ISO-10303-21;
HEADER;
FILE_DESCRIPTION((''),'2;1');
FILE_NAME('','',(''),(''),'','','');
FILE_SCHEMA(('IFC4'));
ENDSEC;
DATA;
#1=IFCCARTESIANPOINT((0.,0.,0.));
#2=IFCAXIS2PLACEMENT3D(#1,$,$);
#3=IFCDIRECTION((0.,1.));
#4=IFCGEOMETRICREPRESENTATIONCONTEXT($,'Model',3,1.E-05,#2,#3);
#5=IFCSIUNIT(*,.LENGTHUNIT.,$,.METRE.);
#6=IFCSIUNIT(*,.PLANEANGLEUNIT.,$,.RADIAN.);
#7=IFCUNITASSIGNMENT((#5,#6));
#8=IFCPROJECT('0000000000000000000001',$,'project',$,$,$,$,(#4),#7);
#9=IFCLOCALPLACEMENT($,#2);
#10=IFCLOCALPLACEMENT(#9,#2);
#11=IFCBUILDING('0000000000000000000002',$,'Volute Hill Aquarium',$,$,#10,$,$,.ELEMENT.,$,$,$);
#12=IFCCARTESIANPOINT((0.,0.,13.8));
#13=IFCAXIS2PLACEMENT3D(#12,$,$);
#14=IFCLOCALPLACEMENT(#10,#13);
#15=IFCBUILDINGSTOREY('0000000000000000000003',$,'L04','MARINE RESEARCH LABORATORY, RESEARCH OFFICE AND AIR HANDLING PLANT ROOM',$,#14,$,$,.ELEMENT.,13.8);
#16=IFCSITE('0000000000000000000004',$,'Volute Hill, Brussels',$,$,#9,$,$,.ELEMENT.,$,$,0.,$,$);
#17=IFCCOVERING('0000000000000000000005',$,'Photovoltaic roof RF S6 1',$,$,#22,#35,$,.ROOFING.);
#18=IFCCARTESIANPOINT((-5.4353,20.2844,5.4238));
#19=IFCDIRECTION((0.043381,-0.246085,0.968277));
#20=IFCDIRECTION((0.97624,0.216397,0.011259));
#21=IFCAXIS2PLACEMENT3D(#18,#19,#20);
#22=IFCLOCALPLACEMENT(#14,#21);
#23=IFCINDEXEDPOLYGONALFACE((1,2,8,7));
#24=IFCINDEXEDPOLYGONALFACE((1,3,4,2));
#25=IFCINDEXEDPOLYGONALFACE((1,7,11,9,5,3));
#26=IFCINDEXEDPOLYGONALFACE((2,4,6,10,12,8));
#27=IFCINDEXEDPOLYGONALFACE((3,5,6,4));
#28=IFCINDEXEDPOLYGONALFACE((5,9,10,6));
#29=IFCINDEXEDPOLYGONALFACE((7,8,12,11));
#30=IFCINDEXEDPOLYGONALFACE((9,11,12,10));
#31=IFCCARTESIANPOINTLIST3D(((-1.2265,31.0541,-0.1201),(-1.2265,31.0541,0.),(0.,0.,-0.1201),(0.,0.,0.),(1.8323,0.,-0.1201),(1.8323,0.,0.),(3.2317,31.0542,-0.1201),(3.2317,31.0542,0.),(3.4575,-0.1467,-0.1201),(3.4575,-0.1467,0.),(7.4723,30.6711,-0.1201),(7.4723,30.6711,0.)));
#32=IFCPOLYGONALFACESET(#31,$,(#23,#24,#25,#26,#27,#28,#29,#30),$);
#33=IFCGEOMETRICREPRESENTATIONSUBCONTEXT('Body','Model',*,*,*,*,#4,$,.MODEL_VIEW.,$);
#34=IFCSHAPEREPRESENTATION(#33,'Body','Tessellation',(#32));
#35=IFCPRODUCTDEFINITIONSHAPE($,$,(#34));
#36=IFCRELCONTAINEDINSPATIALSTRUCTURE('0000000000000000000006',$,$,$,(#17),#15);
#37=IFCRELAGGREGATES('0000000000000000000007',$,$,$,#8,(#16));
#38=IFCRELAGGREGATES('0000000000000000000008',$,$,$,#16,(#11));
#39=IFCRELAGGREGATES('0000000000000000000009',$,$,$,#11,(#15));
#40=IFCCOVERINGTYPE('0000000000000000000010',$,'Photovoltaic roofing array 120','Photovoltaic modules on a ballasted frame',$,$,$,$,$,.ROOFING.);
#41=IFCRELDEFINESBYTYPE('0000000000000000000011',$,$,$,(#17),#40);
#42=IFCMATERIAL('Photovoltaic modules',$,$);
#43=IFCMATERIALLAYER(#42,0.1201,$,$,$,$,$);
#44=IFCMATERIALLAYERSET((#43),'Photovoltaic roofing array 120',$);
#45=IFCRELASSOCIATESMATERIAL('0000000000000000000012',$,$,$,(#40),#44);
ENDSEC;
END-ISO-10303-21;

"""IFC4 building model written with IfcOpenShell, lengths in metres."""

from ifc_helpers import new_model, si_unit, direction, frame, origin, place, context, subcontext, project, spatial, polyline, outline, extrude, material, layer, layer_set, type_object, element, save


model = new_model("IFC4")

# Units and contexts
model_context = context("Model", 3, precision=1e-05, world=origin(), true_north=direction((0.0, 1.0)))
body_context = subcontext(model_context, "Body", "Model", "MODEL_VIEW")
ifc_project = project(units=[si_unit("LENGTHUNIT", "METRE"), si_unit("PLANEANGLEUNIT", "RADIAN")], contexts=[model_context])

# Site, building, storey
site_placement = place(None, origin())
site = spatial("IfcSite", under=ifc_project, at=site_placement, Name="Volute Hill, Brussels", CompositionType="ELEMENT", RefElevation=0.0)
building_placement = place(site_placement, origin())
building = spatial("IfcBuilding", under=site, at=building_placement, Name="Volute Hill Aquarium", CompositionType="ELEMENT")
storey_placement = place(building_placement, frame((0.0, 0.0, 13.8)))
storey = spatial("IfcBuildingStorey", under=building, at=storey_placement, Name="L04", Description="MARINE RESEARCH LABORATORY, RESEARCH OFFICE AND AIR HANDLING PLANT ROOM", CompositionType="ELEMENT", Elevation=13.8)

# Covering
ifc_material_1 = material(Name="Photovoltaic modules")
ifc_layer_1 = layer(ifc_material_1, 0.1201)
ifc_layer_set_1 = layer_set([ifc_layer_1], Name="Photovoltaic roofing array 120")
covering_type_1 = type_object("IfcCoveringType", Name="Photovoltaic roofing array 120", Description="Photovoltaic modules on a ballasted frame", PredefinedType="ROOFING", material=ifc_layer_set_1)
covering_1_placement = place(storey_placement, frame((-5.4353, 20.2844, 5.4238), z_axis=(0.043381, -0.246085, 0.968277), x_axis=(0.97624, 0.216397, 0.011259)))
element("IfcCovering", 1, at=covering_1_placement, inside=storey, type_object=covering_type_1, Name="Photovoltaic roof RF S6 1", PredefinedType="ROOFING", context=body_context, shape_type="SweptSolid", body=[
    extrude(outline(polyline([(0.0, 0.0), (1.8323, 0.0), (3.4575, -0.1467), (7.4723, 30.6711), (3.2317, 31.0542), (-1.2265, 31.0541), (0.0, 0.0)])), origin(), (0.0, 0.0, -1.0), 0.1201),
])

save(model, "model.ifc")
